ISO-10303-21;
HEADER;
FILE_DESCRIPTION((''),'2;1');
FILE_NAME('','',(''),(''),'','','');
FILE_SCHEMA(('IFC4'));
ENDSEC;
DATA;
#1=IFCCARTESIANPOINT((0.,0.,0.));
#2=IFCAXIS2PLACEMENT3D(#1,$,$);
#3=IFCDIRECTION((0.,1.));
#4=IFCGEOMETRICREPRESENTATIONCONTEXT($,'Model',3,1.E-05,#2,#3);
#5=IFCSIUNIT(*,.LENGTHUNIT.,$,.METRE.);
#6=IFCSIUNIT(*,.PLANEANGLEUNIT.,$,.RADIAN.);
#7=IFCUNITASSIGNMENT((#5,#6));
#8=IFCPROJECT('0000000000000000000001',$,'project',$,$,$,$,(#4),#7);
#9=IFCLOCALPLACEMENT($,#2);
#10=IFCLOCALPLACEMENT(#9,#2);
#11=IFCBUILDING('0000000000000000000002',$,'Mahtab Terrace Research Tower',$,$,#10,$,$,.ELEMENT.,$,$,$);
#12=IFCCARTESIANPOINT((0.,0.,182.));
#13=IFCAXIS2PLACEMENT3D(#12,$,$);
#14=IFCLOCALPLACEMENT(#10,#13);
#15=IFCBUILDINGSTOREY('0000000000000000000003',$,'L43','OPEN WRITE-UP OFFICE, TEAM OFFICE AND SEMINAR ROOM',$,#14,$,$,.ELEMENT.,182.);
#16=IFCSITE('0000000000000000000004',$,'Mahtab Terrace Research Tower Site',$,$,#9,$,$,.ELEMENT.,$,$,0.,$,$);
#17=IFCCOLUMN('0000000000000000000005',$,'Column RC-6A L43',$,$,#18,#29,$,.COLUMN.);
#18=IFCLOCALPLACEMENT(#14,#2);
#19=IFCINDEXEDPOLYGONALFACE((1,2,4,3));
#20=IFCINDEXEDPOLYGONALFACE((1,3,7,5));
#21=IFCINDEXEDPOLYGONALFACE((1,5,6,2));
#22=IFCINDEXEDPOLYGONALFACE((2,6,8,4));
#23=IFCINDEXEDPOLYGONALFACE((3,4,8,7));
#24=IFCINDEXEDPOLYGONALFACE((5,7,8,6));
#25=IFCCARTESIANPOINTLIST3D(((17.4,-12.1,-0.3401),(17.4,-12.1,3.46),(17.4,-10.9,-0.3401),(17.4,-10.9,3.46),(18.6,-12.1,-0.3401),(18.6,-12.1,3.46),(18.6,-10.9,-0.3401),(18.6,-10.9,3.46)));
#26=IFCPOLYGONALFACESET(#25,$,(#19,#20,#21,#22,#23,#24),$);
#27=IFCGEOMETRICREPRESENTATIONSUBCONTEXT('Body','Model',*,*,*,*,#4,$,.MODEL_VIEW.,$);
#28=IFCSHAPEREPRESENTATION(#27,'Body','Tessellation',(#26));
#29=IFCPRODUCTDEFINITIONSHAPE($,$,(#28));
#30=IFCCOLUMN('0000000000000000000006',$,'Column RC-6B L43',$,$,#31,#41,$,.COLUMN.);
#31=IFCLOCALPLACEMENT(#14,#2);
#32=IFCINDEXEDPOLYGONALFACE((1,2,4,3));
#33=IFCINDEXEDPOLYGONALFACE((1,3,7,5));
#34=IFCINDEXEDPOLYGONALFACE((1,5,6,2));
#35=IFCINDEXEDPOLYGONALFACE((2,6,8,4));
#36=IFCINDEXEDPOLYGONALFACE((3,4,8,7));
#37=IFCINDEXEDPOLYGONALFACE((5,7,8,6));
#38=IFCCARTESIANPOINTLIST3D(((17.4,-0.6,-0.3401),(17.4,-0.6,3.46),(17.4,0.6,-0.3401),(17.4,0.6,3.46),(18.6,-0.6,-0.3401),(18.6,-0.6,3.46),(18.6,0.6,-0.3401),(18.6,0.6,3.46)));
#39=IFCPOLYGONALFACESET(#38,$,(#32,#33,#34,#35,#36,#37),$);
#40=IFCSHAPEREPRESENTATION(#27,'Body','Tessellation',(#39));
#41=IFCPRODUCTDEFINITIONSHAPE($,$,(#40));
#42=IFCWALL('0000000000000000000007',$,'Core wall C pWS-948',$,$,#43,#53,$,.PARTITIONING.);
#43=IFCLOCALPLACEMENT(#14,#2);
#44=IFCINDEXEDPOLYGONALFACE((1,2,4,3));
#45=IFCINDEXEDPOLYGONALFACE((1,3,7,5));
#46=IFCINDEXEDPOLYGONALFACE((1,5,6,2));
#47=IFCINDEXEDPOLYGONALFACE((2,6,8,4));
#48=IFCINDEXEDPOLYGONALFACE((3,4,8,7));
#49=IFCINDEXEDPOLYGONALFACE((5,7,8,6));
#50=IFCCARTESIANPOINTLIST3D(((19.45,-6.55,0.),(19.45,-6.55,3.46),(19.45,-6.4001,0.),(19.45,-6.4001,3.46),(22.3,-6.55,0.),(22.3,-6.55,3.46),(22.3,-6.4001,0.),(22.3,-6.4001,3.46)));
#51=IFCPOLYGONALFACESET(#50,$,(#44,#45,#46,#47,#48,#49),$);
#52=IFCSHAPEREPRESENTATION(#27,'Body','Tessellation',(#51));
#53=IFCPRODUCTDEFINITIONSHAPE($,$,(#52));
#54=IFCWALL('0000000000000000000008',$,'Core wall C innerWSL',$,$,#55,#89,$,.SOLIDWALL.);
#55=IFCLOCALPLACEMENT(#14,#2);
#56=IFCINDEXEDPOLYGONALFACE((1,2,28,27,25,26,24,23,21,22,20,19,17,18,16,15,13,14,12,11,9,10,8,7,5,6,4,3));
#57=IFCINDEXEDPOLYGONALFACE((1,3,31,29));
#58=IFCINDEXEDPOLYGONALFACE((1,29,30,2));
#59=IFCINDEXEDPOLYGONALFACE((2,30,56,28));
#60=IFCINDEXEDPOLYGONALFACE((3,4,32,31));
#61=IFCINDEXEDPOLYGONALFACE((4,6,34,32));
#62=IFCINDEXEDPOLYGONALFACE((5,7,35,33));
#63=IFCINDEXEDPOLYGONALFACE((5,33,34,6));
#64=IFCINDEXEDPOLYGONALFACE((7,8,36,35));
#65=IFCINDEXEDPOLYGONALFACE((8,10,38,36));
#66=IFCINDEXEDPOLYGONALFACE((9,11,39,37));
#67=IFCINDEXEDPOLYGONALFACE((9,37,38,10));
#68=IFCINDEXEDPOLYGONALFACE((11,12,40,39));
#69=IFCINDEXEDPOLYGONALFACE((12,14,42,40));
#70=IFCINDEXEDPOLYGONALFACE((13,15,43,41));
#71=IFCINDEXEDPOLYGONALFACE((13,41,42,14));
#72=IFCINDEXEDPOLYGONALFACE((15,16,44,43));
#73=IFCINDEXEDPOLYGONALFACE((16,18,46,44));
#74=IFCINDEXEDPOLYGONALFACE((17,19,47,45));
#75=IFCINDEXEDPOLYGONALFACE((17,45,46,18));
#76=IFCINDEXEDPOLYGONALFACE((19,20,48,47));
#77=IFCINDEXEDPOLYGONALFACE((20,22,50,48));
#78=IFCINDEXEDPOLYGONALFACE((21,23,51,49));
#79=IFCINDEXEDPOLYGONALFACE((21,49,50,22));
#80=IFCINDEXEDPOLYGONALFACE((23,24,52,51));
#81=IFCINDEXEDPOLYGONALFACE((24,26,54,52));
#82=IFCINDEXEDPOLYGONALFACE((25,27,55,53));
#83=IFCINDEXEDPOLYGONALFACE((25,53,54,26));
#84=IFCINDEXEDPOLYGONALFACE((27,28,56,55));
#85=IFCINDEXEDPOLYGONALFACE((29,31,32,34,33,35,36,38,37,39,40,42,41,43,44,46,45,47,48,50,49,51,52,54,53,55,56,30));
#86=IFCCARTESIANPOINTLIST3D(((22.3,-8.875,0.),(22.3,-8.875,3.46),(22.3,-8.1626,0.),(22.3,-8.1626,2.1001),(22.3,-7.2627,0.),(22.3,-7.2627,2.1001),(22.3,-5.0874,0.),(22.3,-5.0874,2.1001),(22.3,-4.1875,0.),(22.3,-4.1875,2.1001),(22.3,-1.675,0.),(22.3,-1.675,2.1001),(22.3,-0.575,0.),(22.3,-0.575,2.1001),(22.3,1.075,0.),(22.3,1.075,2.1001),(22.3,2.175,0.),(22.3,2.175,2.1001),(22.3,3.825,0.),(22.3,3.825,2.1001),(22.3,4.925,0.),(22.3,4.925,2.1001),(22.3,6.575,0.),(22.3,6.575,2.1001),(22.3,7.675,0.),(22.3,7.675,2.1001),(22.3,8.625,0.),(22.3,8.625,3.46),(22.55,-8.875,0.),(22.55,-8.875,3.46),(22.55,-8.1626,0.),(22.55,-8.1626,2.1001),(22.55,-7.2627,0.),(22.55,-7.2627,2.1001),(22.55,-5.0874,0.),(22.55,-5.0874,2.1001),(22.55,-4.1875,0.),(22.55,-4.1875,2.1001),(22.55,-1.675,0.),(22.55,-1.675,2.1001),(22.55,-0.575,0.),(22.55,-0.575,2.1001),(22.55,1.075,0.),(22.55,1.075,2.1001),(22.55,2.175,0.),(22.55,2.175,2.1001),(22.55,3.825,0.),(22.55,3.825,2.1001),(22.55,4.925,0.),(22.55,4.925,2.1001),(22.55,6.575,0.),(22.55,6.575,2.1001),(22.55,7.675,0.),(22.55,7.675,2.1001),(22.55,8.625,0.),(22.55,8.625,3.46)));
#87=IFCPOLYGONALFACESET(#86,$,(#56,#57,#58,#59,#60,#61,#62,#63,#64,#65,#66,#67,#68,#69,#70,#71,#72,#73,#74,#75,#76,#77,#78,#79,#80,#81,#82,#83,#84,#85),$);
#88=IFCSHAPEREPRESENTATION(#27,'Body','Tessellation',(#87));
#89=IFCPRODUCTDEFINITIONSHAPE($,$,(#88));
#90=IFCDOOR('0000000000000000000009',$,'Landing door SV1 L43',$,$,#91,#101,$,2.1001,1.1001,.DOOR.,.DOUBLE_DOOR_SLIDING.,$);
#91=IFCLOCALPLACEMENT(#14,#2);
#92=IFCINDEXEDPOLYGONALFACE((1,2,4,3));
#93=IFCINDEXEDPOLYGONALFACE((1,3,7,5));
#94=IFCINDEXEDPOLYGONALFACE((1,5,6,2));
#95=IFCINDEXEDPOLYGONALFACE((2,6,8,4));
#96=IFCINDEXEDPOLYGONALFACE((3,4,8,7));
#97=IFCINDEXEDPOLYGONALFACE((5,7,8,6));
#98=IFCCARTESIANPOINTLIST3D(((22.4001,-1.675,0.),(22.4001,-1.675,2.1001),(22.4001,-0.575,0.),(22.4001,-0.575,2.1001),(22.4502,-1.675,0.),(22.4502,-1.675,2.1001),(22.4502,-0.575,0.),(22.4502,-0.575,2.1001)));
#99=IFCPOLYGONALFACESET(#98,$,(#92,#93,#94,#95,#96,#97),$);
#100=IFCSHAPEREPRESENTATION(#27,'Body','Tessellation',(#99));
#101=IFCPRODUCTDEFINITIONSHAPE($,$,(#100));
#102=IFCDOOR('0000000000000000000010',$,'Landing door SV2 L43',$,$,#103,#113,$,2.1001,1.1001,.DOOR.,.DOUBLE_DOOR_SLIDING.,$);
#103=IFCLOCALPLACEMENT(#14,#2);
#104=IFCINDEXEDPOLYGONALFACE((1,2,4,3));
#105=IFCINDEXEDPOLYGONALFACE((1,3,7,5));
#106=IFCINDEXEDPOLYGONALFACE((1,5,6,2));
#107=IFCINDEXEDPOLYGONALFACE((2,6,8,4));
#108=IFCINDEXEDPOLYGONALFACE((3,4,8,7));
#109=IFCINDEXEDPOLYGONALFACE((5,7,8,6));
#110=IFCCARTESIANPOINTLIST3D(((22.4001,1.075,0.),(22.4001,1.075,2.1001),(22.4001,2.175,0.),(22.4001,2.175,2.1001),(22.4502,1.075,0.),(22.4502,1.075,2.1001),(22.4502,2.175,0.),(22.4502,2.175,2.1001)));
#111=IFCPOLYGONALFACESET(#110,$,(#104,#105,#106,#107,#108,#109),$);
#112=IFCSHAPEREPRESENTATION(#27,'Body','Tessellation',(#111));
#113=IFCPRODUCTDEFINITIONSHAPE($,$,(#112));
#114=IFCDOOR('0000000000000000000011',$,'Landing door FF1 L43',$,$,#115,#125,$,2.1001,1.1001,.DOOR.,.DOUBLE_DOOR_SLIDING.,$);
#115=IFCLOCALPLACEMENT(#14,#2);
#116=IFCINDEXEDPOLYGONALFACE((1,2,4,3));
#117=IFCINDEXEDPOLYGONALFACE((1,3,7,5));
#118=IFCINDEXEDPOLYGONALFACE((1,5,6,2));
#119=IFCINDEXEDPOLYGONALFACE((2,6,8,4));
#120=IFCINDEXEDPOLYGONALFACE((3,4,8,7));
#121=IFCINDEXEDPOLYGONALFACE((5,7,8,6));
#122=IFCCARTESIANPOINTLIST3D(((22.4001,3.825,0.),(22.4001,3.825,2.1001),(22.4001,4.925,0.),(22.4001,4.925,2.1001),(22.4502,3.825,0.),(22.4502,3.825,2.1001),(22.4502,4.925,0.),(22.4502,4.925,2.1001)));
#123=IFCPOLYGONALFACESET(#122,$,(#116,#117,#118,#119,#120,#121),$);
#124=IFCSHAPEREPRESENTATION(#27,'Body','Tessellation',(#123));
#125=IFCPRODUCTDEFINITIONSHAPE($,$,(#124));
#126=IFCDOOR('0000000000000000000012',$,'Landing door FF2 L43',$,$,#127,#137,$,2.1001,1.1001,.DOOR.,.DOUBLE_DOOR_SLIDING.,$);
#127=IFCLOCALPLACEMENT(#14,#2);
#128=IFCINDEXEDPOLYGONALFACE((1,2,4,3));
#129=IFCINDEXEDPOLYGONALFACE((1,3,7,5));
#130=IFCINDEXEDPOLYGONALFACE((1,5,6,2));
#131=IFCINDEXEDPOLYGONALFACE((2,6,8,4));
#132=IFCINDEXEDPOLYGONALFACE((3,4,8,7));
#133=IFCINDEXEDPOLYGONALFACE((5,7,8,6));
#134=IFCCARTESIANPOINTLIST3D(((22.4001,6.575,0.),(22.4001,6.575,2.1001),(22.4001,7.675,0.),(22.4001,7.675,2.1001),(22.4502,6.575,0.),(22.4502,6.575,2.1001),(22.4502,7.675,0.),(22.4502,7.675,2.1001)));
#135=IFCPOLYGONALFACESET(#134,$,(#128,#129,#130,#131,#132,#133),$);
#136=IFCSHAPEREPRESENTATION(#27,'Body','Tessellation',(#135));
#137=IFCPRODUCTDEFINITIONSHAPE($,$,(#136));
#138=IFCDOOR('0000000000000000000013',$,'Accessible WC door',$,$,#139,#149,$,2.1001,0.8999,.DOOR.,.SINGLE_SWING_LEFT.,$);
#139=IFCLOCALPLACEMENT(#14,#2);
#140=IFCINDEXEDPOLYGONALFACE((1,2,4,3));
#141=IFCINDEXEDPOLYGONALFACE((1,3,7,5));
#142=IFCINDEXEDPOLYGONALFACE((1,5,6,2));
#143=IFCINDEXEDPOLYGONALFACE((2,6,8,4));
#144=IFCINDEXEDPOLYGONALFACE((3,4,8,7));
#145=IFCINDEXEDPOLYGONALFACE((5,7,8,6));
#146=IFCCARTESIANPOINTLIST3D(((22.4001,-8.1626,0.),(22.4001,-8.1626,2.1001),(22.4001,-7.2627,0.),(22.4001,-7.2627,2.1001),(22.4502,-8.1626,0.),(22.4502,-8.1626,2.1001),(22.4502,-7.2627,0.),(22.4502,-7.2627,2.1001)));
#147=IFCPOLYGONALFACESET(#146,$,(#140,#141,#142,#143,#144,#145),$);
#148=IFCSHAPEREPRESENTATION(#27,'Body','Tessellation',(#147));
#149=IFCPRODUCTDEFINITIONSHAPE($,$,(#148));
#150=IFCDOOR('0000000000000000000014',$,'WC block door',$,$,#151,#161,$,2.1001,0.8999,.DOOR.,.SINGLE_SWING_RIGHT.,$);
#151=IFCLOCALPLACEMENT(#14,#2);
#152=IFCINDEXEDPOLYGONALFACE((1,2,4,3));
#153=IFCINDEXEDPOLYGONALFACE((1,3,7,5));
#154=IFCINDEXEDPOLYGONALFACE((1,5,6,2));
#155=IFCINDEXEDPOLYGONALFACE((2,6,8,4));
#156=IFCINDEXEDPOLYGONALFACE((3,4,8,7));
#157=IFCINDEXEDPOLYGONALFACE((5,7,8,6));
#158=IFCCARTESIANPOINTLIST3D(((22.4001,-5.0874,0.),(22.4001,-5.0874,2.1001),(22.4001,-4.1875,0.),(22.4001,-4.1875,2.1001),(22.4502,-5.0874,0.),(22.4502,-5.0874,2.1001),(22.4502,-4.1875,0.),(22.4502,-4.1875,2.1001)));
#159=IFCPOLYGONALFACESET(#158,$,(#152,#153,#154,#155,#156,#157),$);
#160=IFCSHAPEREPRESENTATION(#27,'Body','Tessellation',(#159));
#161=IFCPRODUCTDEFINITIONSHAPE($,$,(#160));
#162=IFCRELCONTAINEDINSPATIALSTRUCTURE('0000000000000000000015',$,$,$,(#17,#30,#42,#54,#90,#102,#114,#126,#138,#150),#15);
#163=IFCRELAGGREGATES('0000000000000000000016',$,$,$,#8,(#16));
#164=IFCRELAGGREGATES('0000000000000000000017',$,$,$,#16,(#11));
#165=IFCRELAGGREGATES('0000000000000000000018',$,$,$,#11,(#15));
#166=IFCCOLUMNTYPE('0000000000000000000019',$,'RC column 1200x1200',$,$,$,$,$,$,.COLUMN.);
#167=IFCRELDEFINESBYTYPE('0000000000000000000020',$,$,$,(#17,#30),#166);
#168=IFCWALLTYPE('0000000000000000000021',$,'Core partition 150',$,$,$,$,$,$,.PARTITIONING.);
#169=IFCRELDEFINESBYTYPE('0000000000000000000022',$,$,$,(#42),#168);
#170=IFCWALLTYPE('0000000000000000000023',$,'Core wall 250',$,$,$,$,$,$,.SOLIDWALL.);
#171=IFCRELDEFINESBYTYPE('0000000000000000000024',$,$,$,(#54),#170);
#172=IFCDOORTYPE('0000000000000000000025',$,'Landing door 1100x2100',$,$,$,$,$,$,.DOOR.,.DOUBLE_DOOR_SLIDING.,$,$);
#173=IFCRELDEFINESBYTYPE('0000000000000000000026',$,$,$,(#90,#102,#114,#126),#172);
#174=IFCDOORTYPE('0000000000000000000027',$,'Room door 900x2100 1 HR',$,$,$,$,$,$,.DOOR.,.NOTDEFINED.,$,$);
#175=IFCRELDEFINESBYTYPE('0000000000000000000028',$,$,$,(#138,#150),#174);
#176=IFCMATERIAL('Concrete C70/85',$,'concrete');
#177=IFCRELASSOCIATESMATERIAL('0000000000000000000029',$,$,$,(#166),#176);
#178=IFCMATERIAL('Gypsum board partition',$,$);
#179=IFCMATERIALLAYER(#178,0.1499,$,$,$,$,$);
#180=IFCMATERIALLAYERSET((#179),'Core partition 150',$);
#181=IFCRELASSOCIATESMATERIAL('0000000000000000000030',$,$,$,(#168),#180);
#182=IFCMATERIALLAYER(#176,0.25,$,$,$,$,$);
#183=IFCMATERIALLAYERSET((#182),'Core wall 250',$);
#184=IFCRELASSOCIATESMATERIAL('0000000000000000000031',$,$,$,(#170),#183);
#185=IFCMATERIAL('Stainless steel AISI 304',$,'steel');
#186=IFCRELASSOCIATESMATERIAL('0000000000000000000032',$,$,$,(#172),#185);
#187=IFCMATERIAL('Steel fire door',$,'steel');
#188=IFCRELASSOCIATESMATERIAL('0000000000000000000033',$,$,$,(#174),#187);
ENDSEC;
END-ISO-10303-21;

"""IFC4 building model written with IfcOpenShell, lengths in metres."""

from ifc_helpers import new_model, si_unit, direction, frame, frame_2d, origin, origin_2d, place, context, subcontext, project, spatial, rectangle, extrude, material, layer, layer_set, material_profile, profile_set, type_object, element, fill, save


model = new_model("IFC4")

# Units and contexts
model_context = context("Model", 3, precision=1e-05, world=origin(), true_north=direction((0.0, 1.0)))
body_context = subcontext(model_context, "Body", "Model", "MODEL_VIEW")
ifc_project = project(units=[si_unit("LENGTHUNIT", "METRE"), si_unit("PLANEANGLEUNIT", "RADIAN")], contexts=[model_context])

# Site, building, storey
site_placement = place(None, origin())
site = spatial("IfcSite", under=ifc_project, at=site_placement, Name="Mahtab Terrace Research Tower Site", CompositionType="ELEMENT", RefElevation=0.0)
building_placement = place(site_placement, origin())
building = spatial("IfcBuilding", under=site, at=building_placement, Name="Mahtab Terrace Research Tower", CompositionType="ELEMENT")
storey_placement = place(building_placement, frame((0.0, 0.0, 182.0)))
storey = spatial("IfcBuildingStorey", under=building, at=storey_placement, Name="L43", Description="OPEN WRITE-UP OFFICE, TEAM OFFICE AND SEMINAR ROOM", CompositionType="ELEMENT", Elevation=182.0)

# Columns
ifc_material_1 = material(Name="Concrete C70/85", Category="concrete")
ifc_material_profile = material_profile(ifc_material_1, rectangle(XDim=1.2, YDim=1.2, at=origin_2d()), Name="RC column 1200x1200")
ifc_profile_set = profile_set([ifc_material_profile], Name="Concrete C70/85")
column_type = type_object("IfcColumnType", Name="RC column 1200x1200", PredefinedType="COLUMN", material=ifc_profile_set)
for number, where, z_axis, x_axis, name in (
    (1, (18.0, -11.5, -0.3401), (0.0, 0.0, 1.0), (1.0, 0.0, 0.0), "Column RC-6A L43"),
    (2, (18.0, 0.0, -0.3401), (0.0, 0.0, 1.0), (1.0, 0.0, 0.0), "Column RC-6B L43"),
):
    element("IfcColumn", number, at=place(storey_placement, frame(where, z_axis=z_axis, x_axis=x_axis)), inside=storey, type_object=column_type, Name=name, PredefinedType="COLUMN", context=body_context, shape_type="SweptSolid", body=[
        extrude(rectangle(XDim=1.2, YDim=1.2, at=origin_2d()), origin(), (0.0, 0.0, 1.0), 3.8),
    ])

# Wall
ifc_material_2 = material(Name="Gypsum board partition")
ifc_layer_1 = layer(ifc_material_2, 0.1499)
ifc_layer_set_1 = layer_set([ifc_layer_1], Name="Core partition 150")
wall_type_1 = type_object("IfcWallType", Name="Core partition 150", PredefinedType="PARTITIONING", material=ifc_layer_set_1)
wall_1_placement = place(storey_placement, frame((19.45, -6.4751, 0.0), z_axis=(0.0, 0.0, 1.0), x_axis=(1.0, 0.0, 0.0)))
element("IfcWall", 3, at=wall_1_placement, inside=storey, type_object=wall_type_1, Name="Core wall C pWS-948", PredefinedType="PARTITIONING", context=body_context, shape_type="SweptSolid", body=[
    extrude(rectangle(XDim=2.8501, YDim=0.1499, at=frame_2d((1.425, 0.0))), origin(), (0.0, 0.0, 1.0), 3.46),
])

# Wall, openings, doors
ifc_layer_2 = layer(ifc_material_1, 0.25)
ifc_layer_set_2 = layer_set([ifc_layer_2], Name="Core wall 250")
wall_type_2 = type_object("IfcWallType", Name="Core wall 250", PredefinedType="SOLIDWALL", material=ifc_layer_set_2)
wall_2_placement = place(storey_placement, frame((22.425, -8.875, 0.0), z_axis=(0.0, 0.0, 1.0), x_axis=(0.0, 1.0, 0.0)))
wall_2 = element("IfcWall", 4, at=wall_2_placement, inside=storey, type_object=wall_type_2, Name="Core wall C innerWSL", PredefinedType="SOLIDWALL", context=body_context, shape_type="SweptSolid", body=[
    extrude(rectangle(XDim=17.5, YDim=0.25, at=frame_2d((8.75, 0.0))), origin(), (0.0, 0.0, 1.0), 3.46),
])
opening_1_placement = place(wall_2_placement, frame((7.2, 0.0, 0.0)))
opening_1 = element("IfcOpeningElement", 5, at=opening_1_placement, cuts=wall_2, PredefinedType="OPENING", context=body_context, shape_type="SweptSolid", body=[
    extrude(rectangle(XDim=1.1001, YDim=2.1001, at=frame_2d((0.55, 1.05))), frame((0.0, 0.135, 0.0), z_axis=(0.0, -1.0, 0.0), x_axis=(1.0, 0.0, 0.0)), (0.0, 0.0, 1.0), 0.27),
])
opening_2_placement = place(wall_2_placement, frame((9.95, 0.0, 0.0)))
opening_2 = element("IfcOpeningElement", 6, at=opening_2_placement, cuts=wall_2, PredefinedType="OPENING", context=body_context, shape_type="SweptSolid", body=[
    extrude(rectangle(XDim=1.1001, YDim=2.1001, at=frame_2d((0.55, 1.05))), frame((0.0, 0.135, 0.0), z_axis=(0.0, -1.0, 0.0), x_axis=(1.0, 0.0, 0.0)), (0.0, 0.0, 1.0), 0.27),
])
opening_3_placement = place(wall_2_placement, frame((12.7, 0.0, 0.0)))
opening_3 = element("IfcOpeningElement", 7, at=opening_3_placement, cuts=wall_2, PredefinedType="OPENING", context=body_context, shape_type="SweptSolid", body=[
    extrude(rectangle(XDim=1.1001, YDim=2.1001, at=frame_2d((0.55, 1.05))), frame((0.0, 0.135, 0.0), z_axis=(0.0, -1.0, 0.0), x_axis=(1.0, 0.0, 0.0)), (0.0, 0.0, 1.0), 0.27),
])
opening_4_placement = place(wall_2_placement, frame((15.45, 0.0, 0.0)))
opening_4 = element("IfcOpeningElement", 8, at=opening_4_placement, cuts=wall_2, PredefinedType="OPENING", context=body_context, shape_type="SweptSolid", body=[
    extrude(rectangle(XDim=1.1001, YDim=2.1001, at=frame_2d((0.55, 1.05))), frame((0.0, 0.135, 0.0), z_axis=(0.0, -1.0, 0.0), x_axis=(1.0, 0.0, 0.0)), (0.0, 0.0, 1.0), 0.27),
])
opening_5_placement = place(wall_2_placement, frame((0.7124, 0.0, 0.0)))
opening_5 = element("IfcOpeningElement", 9, at=opening_5_placement, cuts=wall_2, PredefinedType="OPENING", context=body_context, shape_type="SweptSolid", body=[
    extrude(rectangle(XDim=0.8999, YDim=2.1001, at=frame_2d((0.45, 1.05))), frame((0.0, 0.135, 0.0), z_axis=(0.0, -1.0, 0.0), x_axis=(1.0, 0.0, 0.0)), (0.0, 0.0, 1.0), 0.27),
])
opening_6_placement = place(wall_2_placement, frame((3.7876, 0.0, 0.0)))
opening_6 = element("IfcOpeningElement", 10, at=opening_6_placement, cuts=wall_2, PredefinedType="OPENING", context=body_context, shape_type="SweptSolid", body=[
    extrude(rectangle(XDim=0.8999, YDim=2.1001, at=frame_2d((0.45, 1.05))), frame((0.0, 0.135, 0.0), z_axis=(0.0, -1.0, 0.0), x_axis=(1.0, 0.0, 0.0)), (0.0, 0.0, 1.0), 0.27),
])
ifc_material_3 = material(Name="Stainless steel AISI 304", Category="steel")
door_type_1 = type_object("IfcDoorType", Name="Landing door 1100x2100", OperationType="DOUBLE_DOOR_SLIDING", PredefinedType="DOOR", material=ifc_material_3)
door_1_placement = place(opening_1_placement, origin())
door_1 = element("IfcDoor", 11, at=door_1_placement, inside=storey, type_object=door_type_1, Name="Landing door SV1 L43", OperationType="DOUBLE_DOOR_SLIDING", OverallHeight=2.1001, OverallWidth=1.1001, PredefinedType="DOOR", context=body_context, shape_type="SweptSolid", body=[
    extrude(rectangle(XDim=1.1001, YDim=2.1001, at=frame_2d((0.55, 1.05))), frame((0.0, 0.0249, 0.0), z_axis=(0.0, -1.0, 0.0), x_axis=(1.0, 0.0, 0.0)), (0.0, 0.0, 1.0), 0.05),
])
fill(opening_1, door_1)
door_2_placement = place(opening_2_placement, origin())
door_2 = element("IfcDoor", 12, at=door_2_placement, inside=storey, type_object=door_type_1, Name="Landing door SV2 L43", OperationType="DOUBLE_DOOR_SLIDING", OverallHeight=2.1001, OverallWidth=1.1001, PredefinedType="DOOR", context=body_context, shape_type="SweptSolid", body=[
    extrude(rectangle(XDim=1.1001, YDim=2.1001, at=frame_2d((0.55, 1.05))), frame((0.0, 0.0249, 0.0), z_axis=(0.0, -1.0, 0.0), x_axis=(1.0, 0.0, 0.0)), (0.0, 0.0, 1.0), 0.05),
])
fill(opening_2, door_2)
door_3_placement = place(opening_3_placement, origin())
door_3 = element("IfcDoor", 13, at=door_3_placement, inside=storey, type_object=door_type_1, Name="Landing door FF1 L43", OperationType="DOUBLE_DOOR_SLIDING", OverallHeight=2.1001, OverallWidth=1.1001, PredefinedType="DOOR", context=body_context, shape_type="SweptSolid", body=[
    extrude(rectangle(XDim=1.1001, YDim=2.1001, at=frame_2d((0.55, 1.05))), frame((0.0, 0.0249, 0.0), z_axis=(0.0, -1.0, 0.0), x_axis=(1.0, 0.0, 0.0)), (0.0, 0.0, 1.0), 0.05),
])
fill(opening_3, door_3)
door_4_placement = place(opening_4_placement, origin())
door_4 = element("IfcDoor", 14, at=door_4_placement, inside=storey, type_object=door_type_1, Name="Landing door FF2 L43", OperationType="DOUBLE_DOOR_SLIDING", OverallHeight=2.1001, OverallWidth=1.1001, PredefinedType="DOOR", context=body_context, shape_type="SweptSolid", body=[
    extrude(rectangle(XDim=1.1001, YDim=2.1001, at=frame_2d((0.55, 1.05))), frame((0.0, 0.0249, 0.0), z_axis=(0.0, -1.0, 0.0), x_axis=(1.0, 0.0, 0.0)), (0.0, 0.0, 1.0), 0.05),
])
fill(opening_4, door_4)
ifc_material_4 = material(Name="Steel fire door", Category="steel")
door_type_2 = type_object("IfcDoorType", Name="Room door 900x2100 1 HR", OperationType="NOTDEFINED", PredefinedType="DOOR", material=ifc_material_4)
door_5_placement = place(opening_5_placement, origin())
door_5 = element("IfcDoor", 15, at=door_5_placement, inside=storey, type_object=door_type_2, Name="Accessible WC door", OperationType="SINGLE_SWING_LEFT", OverallHeight=2.1001, OverallWidth=0.8999, PredefinedType="DOOR", context=body_context, shape_type="SweptSolid", body=[
    extrude(rectangle(XDim=0.8999, YDim=2.1001, at=frame_2d((0.45, 1.05))), frame((0.0, 0.0249, 0.0), z_axis=(0.0, -1.0, 0.0), x_axis=(1.0, 0.0, 0.0)), (0.0, 0.0, 1.0), 0.05),
])
fill(opening_5, door_5)
door_6_placement = place(opening_6_placement, origin())
door_6 = element("IfcDoor", 16, at=door_6_placement, inside=storey, type_object=door_type_2, Name="WC block door", OperationType="SINGLE_SWING_RIGHT", OverallHeight=2.1001, OverallWidth=0.8999, PredefinedType="DOOR", context=body_context, shape_type="SweptSolid", body=[
    extrude(rectangle(XDim=0.8999, YDim=2.1001, at=frame_2d((0.45, 1.05))), frame((0.0, 0.0249, 0.0), z_axis=(0.0, -1.0, 0.0), x_axis=(1.0, 0.0, 0.0)), (0.0, 0.0, 1.0), 0.05),
])
fill(opening_6, door_6)

save(model, "model.ifc")
